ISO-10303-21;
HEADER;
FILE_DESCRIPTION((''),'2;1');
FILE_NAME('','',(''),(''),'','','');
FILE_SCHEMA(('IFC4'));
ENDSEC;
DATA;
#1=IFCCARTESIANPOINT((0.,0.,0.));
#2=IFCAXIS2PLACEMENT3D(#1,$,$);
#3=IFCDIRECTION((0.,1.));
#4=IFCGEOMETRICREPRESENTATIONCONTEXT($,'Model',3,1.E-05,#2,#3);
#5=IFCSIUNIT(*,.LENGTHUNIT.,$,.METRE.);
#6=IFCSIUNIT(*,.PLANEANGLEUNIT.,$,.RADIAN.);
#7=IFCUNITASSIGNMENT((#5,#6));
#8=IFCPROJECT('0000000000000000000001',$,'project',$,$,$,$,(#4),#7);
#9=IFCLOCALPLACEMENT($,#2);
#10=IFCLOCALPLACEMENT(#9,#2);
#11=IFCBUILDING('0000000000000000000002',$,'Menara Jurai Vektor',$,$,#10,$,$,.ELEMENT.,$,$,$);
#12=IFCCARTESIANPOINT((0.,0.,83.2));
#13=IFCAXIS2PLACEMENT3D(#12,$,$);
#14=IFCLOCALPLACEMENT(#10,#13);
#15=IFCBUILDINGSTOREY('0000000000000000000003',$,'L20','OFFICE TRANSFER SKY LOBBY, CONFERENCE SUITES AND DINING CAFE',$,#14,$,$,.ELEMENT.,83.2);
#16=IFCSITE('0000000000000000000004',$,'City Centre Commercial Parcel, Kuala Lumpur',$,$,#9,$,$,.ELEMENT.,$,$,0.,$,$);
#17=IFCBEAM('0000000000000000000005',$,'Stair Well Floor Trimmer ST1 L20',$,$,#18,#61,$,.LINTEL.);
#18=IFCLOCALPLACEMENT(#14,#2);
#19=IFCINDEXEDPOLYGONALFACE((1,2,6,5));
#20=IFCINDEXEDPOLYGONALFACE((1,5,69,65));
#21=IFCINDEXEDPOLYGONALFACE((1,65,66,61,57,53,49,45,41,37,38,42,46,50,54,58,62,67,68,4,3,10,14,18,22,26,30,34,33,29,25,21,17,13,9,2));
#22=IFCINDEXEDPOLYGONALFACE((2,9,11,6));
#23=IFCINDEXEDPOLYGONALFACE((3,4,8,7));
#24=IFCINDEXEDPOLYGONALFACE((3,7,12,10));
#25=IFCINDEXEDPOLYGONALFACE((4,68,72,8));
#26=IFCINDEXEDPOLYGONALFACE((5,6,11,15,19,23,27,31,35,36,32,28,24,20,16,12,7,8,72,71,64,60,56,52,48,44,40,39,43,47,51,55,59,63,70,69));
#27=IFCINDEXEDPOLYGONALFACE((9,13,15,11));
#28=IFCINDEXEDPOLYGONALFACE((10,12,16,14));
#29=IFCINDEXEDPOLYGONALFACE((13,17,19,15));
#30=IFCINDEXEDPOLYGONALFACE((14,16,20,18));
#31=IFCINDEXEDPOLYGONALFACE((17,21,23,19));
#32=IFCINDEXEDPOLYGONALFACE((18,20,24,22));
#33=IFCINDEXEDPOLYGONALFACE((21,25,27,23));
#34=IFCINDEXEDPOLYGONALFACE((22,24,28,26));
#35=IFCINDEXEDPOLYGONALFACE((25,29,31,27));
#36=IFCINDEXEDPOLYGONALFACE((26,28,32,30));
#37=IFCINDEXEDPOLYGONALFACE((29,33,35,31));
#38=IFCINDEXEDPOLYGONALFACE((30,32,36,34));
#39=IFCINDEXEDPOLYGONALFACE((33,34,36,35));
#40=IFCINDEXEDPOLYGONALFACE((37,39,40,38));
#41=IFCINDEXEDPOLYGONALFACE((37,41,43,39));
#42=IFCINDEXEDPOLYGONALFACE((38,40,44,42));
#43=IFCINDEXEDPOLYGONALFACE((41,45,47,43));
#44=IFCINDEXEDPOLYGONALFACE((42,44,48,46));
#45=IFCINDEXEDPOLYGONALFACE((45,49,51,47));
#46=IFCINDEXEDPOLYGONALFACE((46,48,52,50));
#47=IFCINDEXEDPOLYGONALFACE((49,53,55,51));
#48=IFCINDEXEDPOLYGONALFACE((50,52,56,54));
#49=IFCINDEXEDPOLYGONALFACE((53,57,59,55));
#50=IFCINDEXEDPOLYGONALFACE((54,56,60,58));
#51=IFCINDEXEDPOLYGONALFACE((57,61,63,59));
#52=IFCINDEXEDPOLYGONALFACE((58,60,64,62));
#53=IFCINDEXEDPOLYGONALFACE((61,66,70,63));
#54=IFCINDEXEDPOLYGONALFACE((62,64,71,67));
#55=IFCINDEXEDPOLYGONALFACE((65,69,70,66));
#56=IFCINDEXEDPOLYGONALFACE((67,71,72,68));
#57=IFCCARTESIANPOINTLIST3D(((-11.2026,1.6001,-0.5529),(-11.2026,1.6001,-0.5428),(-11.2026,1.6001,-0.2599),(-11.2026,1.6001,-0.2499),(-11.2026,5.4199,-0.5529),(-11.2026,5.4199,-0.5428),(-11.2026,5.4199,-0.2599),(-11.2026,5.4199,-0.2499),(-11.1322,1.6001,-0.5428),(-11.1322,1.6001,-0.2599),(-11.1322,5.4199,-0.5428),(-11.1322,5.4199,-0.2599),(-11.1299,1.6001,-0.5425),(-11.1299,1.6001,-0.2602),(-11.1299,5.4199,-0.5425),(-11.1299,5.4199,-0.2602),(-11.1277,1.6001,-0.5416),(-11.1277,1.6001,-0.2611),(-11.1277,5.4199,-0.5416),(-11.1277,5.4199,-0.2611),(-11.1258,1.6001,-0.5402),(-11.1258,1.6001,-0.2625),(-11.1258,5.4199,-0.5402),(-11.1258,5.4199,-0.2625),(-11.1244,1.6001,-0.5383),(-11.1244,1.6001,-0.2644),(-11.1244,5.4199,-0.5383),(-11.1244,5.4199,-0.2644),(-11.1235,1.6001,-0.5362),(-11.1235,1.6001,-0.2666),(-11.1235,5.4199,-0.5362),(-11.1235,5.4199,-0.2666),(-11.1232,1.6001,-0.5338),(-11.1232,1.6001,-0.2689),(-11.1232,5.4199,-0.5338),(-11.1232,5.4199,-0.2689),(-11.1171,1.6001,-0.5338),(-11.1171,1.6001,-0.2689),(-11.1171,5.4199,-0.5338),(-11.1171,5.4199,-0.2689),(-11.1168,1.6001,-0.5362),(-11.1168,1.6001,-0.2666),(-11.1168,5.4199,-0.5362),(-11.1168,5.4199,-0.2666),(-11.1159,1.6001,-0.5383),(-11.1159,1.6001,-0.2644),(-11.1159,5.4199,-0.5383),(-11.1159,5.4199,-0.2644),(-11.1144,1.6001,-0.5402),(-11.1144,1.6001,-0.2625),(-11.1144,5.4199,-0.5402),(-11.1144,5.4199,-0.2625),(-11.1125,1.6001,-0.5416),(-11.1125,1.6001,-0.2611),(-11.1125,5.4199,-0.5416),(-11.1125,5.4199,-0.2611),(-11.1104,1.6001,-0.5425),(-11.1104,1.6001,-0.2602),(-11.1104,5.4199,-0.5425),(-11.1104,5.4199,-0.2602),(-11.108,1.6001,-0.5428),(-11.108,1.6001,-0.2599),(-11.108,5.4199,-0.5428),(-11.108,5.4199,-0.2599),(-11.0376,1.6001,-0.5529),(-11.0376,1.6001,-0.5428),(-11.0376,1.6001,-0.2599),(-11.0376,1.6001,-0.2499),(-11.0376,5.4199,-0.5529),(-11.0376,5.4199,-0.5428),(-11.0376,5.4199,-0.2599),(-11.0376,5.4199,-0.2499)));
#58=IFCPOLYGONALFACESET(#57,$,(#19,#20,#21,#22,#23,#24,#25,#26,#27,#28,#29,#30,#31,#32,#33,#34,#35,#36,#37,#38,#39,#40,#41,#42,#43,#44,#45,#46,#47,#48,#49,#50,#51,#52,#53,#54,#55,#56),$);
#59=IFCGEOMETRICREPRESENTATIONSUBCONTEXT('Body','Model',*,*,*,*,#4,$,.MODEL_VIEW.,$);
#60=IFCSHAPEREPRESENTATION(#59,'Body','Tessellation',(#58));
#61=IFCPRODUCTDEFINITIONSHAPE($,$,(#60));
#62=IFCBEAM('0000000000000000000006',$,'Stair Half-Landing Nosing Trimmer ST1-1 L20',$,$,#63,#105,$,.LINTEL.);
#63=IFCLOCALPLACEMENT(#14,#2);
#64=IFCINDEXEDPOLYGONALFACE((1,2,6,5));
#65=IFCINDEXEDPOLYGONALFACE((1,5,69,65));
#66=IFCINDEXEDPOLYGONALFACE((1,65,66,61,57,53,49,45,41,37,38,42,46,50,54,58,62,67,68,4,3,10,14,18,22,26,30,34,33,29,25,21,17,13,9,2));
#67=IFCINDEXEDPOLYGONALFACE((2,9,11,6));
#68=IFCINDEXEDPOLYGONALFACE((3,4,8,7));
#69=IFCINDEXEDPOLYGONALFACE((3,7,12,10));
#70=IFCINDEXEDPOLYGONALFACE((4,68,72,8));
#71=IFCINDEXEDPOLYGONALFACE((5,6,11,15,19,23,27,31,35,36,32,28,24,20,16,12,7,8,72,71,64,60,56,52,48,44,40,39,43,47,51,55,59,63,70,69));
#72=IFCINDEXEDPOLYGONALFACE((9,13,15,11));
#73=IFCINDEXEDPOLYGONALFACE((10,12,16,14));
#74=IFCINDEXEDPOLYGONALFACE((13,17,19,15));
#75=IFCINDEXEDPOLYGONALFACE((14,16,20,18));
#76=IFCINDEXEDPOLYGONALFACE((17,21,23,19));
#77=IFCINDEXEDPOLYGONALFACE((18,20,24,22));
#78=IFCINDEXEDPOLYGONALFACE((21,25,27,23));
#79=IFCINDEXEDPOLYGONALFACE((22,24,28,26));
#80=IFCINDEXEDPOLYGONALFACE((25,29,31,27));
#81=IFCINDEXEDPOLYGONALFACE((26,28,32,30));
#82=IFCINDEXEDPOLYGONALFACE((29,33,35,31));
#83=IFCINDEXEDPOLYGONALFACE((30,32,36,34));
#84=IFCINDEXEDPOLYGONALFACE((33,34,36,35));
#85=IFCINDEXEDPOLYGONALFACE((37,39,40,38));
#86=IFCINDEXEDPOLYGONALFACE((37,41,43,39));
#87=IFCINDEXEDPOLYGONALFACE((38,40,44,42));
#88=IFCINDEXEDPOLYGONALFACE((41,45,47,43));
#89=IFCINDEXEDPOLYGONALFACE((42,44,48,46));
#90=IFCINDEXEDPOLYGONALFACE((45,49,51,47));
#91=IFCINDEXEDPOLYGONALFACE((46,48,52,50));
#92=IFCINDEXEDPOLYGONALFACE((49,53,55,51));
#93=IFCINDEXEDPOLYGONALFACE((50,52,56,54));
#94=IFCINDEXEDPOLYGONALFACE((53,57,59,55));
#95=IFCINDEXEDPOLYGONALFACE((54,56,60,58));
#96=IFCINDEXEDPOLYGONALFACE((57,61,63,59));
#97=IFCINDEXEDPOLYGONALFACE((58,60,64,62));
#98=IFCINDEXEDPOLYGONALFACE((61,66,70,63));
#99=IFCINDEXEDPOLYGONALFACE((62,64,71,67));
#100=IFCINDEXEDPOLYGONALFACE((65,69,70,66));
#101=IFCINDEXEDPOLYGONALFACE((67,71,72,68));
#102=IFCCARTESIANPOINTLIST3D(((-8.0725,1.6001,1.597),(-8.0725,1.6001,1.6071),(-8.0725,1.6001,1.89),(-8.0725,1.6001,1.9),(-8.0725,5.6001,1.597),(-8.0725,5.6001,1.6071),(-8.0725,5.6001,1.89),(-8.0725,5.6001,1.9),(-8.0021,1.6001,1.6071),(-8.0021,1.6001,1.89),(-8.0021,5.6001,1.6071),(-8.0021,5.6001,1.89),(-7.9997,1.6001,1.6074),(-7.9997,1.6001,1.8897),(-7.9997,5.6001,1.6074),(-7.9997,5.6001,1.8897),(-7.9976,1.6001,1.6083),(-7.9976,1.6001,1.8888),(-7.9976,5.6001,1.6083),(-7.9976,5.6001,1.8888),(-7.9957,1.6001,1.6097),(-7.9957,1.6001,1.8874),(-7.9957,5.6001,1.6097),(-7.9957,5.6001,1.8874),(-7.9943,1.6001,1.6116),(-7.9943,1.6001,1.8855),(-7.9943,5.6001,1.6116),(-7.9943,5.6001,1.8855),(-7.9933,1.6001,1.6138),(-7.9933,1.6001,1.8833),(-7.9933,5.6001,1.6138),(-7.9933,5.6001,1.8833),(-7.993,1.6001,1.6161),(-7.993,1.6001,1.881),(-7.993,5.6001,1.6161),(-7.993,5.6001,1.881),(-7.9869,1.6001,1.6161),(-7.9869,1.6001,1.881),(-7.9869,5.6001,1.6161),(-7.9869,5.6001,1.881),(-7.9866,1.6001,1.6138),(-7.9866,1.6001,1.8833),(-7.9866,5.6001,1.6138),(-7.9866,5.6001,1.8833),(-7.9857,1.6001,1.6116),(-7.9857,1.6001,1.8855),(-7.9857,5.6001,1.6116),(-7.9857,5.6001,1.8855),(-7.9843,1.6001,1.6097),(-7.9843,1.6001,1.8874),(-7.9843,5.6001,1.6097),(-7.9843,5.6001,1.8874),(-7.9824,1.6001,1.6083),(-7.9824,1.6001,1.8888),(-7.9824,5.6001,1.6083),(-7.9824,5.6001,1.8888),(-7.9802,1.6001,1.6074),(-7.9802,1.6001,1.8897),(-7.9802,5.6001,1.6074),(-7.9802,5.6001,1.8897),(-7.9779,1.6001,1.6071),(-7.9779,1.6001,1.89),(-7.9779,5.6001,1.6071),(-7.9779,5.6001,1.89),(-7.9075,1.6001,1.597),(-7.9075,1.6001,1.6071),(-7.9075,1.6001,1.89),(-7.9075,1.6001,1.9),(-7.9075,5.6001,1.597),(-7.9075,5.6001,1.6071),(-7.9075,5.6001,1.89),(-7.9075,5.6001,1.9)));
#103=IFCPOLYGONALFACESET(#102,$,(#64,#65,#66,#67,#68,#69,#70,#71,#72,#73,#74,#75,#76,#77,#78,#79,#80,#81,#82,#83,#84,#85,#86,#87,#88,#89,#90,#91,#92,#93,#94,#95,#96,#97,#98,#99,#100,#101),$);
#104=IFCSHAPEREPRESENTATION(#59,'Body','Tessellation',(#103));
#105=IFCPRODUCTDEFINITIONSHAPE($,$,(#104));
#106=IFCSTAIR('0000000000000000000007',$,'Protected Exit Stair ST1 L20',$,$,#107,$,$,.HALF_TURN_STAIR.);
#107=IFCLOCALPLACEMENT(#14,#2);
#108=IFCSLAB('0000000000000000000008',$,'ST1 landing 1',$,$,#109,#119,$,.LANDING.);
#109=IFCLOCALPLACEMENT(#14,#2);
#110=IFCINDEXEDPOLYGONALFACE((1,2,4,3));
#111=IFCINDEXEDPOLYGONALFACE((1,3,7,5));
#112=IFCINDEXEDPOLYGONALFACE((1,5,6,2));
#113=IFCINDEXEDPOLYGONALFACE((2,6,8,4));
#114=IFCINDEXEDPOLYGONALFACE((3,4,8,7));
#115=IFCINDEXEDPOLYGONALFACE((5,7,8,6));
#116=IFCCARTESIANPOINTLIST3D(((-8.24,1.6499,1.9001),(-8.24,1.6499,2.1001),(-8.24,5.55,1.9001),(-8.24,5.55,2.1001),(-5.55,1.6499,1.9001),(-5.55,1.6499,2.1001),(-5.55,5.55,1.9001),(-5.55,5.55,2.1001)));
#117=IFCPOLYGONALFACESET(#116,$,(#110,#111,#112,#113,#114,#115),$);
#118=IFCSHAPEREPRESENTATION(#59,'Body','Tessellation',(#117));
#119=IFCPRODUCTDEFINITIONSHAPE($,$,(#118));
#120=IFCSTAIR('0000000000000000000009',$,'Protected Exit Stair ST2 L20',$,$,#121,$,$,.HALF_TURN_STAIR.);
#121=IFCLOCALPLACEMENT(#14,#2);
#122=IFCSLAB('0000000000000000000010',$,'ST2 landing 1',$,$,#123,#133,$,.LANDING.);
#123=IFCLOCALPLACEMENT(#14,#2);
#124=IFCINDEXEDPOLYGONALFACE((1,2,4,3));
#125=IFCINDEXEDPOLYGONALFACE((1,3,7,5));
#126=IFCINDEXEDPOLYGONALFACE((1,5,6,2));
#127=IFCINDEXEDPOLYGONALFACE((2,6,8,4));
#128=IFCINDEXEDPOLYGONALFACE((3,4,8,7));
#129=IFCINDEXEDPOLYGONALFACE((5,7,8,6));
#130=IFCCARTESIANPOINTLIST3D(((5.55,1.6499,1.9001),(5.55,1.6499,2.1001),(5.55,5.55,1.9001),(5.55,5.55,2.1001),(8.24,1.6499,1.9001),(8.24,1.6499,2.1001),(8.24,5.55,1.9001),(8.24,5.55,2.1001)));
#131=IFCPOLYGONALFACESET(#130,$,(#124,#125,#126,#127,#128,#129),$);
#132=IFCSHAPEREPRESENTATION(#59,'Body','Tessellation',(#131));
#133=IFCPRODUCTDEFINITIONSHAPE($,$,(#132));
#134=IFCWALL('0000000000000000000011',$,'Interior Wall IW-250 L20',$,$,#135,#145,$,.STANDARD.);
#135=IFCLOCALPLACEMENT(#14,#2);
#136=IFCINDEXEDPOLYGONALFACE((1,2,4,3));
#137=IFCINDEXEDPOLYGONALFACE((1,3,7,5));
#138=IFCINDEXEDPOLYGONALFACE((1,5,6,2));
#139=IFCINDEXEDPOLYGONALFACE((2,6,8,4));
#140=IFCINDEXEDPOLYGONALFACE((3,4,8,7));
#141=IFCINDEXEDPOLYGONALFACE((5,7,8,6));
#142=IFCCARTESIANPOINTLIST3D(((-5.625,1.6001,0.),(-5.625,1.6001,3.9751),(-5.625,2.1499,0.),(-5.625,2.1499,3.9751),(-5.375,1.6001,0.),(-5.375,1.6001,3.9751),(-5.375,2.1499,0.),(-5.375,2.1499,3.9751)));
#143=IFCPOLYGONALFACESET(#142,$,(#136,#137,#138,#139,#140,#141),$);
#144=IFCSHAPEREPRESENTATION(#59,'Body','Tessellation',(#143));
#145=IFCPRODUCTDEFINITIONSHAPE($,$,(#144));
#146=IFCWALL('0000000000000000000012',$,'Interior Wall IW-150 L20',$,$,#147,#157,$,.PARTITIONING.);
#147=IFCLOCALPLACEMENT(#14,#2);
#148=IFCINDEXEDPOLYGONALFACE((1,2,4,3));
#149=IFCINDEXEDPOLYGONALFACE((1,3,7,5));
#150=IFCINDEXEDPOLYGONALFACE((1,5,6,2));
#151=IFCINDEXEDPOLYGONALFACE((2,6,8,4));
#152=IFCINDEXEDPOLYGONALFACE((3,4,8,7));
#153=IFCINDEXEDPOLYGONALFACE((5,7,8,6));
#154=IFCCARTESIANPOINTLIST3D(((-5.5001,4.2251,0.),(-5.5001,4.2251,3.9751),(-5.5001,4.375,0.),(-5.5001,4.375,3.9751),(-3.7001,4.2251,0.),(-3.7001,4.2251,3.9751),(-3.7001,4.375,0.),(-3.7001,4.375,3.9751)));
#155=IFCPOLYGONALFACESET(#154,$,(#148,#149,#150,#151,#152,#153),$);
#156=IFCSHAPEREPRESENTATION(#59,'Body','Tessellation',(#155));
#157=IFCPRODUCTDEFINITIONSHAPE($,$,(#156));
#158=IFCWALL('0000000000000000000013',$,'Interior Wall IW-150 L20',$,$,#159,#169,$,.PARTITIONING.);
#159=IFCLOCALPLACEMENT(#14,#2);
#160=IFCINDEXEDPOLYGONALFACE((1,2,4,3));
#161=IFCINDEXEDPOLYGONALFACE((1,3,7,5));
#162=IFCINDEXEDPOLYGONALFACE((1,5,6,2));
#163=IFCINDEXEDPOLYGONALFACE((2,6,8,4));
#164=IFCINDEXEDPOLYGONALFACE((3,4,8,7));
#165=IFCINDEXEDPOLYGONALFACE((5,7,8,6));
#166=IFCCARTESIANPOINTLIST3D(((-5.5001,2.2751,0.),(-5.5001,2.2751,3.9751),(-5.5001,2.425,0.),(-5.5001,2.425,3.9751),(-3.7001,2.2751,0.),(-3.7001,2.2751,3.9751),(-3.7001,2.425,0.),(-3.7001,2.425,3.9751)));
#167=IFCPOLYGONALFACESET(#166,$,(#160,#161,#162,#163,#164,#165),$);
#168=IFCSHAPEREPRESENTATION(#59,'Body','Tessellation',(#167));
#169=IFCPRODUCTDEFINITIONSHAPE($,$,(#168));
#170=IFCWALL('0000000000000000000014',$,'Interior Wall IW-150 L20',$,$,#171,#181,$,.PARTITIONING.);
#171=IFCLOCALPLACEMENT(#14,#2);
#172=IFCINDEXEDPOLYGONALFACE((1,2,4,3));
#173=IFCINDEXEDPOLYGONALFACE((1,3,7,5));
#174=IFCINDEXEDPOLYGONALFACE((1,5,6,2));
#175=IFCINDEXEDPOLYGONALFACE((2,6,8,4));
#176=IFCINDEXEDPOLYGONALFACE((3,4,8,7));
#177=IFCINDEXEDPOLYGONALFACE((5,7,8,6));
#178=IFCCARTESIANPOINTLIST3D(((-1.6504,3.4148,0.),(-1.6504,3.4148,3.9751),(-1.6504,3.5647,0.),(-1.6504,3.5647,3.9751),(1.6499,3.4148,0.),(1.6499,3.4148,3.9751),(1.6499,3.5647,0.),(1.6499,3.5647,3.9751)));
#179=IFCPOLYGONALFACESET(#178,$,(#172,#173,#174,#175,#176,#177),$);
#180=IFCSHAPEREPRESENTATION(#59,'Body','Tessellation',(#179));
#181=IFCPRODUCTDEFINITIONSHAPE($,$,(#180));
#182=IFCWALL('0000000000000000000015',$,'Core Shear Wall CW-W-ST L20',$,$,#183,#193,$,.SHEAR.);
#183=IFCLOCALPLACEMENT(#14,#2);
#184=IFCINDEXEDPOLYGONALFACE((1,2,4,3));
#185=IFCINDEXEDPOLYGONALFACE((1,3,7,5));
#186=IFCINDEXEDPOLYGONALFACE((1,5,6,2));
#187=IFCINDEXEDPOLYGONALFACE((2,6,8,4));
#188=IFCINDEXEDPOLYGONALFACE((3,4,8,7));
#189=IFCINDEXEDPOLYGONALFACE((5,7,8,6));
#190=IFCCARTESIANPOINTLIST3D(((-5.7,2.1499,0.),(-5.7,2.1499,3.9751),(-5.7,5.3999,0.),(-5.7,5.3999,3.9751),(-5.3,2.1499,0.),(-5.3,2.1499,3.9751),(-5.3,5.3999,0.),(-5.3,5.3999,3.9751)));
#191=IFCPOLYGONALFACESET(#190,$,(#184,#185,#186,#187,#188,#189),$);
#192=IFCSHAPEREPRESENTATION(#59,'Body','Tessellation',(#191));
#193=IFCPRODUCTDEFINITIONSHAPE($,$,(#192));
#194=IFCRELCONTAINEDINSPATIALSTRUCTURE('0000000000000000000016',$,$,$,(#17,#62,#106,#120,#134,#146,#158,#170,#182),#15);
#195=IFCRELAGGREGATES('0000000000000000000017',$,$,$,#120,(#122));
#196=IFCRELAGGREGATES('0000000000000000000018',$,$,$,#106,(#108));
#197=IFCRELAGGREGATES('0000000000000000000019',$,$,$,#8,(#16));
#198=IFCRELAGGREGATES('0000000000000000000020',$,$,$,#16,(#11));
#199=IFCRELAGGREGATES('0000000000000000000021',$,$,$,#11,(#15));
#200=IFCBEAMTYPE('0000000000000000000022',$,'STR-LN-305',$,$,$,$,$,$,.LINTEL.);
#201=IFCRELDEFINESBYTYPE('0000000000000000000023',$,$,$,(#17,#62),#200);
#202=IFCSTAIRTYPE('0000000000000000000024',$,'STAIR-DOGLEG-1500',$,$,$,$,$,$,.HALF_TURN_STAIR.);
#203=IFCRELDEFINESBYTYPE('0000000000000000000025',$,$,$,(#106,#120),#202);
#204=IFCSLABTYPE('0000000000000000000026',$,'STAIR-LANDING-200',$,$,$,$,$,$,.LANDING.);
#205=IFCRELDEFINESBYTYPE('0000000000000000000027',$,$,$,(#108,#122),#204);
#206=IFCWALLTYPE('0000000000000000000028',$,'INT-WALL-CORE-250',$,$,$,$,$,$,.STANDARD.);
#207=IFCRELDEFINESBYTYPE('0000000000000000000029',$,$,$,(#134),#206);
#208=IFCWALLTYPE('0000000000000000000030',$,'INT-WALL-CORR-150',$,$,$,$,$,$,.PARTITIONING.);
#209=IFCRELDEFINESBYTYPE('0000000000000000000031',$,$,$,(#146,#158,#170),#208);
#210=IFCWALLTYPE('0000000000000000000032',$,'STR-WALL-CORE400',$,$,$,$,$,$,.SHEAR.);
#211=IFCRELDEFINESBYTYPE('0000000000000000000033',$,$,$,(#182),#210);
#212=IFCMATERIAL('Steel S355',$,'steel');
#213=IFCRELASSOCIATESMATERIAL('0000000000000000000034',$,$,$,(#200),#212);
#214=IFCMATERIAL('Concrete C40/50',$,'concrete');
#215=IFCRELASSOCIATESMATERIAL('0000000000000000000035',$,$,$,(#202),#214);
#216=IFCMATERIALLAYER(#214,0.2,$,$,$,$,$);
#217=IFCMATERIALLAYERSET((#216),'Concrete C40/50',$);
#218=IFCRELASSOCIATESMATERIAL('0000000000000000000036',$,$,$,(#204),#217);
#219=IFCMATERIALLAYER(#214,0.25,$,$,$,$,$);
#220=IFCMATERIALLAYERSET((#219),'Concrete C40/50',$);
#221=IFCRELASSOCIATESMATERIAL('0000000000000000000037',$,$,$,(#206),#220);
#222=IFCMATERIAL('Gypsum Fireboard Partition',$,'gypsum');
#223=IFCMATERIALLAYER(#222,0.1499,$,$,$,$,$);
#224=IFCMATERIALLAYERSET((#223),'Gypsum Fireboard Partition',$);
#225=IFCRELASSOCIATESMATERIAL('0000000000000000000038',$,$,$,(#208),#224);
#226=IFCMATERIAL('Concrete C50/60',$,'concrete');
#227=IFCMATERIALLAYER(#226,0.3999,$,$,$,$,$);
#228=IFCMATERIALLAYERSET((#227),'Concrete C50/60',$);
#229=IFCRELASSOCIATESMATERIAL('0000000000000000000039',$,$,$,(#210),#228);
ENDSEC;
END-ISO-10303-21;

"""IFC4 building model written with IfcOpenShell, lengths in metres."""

from ifc_helpers import new_model, si_unit, direction, frame, frame_2d, origin, origin_2d, place, context, subcontext, project, spatial, polyline, rectangle, i_section, outline, extrude, material, layer, layer_set, material_profile, profile_set, type_object, element, aggregate, save


model = new_model("IFC4")

# Units and contexts
model_context = context("Model", 3, precision=1e-05, world=origin(), true_north=direction((0.0, 1.0)))
body_context = subcontext(model_context, "Body", "Model", "MODEL_VIEW")
ifc_project = project(units=[si_unit("LENGTHUNIT", "METRE"), si_unit("PLANEANGLEUNIT", "RADIAN")], contexts=[model_context])

# Site, building, storey
site_placement = place(None, origin())
site = spatial("IfcSite", under=ifc_project, at=site_placement, Name="City Centre Commercial Parcel, Kuala Lumpur", CompositionType="ELEMENT", RefElevation=0.0)
building_placement = place(site_placement, origin())
building = spatial("IfcBuilding", under=site, at=building_placement, Name="Menara Jurai Vektor", CompositionType="ELEMENT")
storey_placement = place(building_placement, frame((0.0, 0.0, 83.2)))
storey = spatial("IfcBuildingStorey", under=building, at=storey_placement, Name="L20", Description="OFFICE TRANSFER SKY LOBBY, CONFERENCE SUITES AND DINING CAFE", CompositionType="ELEMENT", Elevation=83.2)

# Shared definitions
ifc_material_1 = material(Name="Concrete C50/60", Category="concrete")

# Beams
ifc_material_2 = material(Name="Steel S355", Category="steel")
ifc_material_profile_1 = material_profile(ifc_material_2, i_section(OverallWidth=0.165, OverallDepth=0.303, WebThickness=0.0061, FlangeThickness=0.01, FilletRadius=0.009, at=origin_2d()), Name="UKB 305x165x40")
ifc_profile_set_1 = profile_set([ifc_material_profile_1], Name="Steel S355")
beam_type_1 = type_object("IfcBeamType", Name="STR-LN-305", PredefinedType="LINTEL", material=ifc_profile_set_1)
beam_1_placement = place(storey_placement, frame((-11.1201, 1.6001, -0.4014), z_axis=(0.0, 1.0, 0.0), x_axis=(-1.0, 0.0, 0.0)))
element("IfcBeam", 1, at=beam_1_placement, inside=storey, type_object=beam_type_1, Name="Stair Well Floor Trimmer ST1 L20", PredefinedType="LINTEL", context=body_context, shape_type="SweptSolid", body=[
    extrude(i_section(OverallWidth=0.165, OverallDepth=0.303, WebThickness=0.0061, FlangeThickness=0.01, FilletRadius=0.009, at=origin_2d()), origin(), (0.0, 0.0, 1.0), 3.8198),
])
beam_2_placement = place(storey_placement, frame((-7.99, 1.6001, 1.7485), z_axis=(0.0, 1.0, 0.0), x_axis=(-1.0, 0.0, 0.0)))
element("IfcBeam", 2, at=beam_2_placement, inside=storey, type_object=beam_type_1, Name="Stair Half-Landing Nosing Trimmer ST1-1 L20", PredefinedType="LINTEL", context=body_context, shape_type="SweptSolid", body=[
    extrude(i_section(OverallWidth=0.165, OverallDepth=0.303, WebThickness=0.0061, FlangeThickness=0.01, FilletRadius=0.009, at=origin_2d()), origin(), (0.0, 0.0, 1.0), 4.0),
])

# Stairs, slabs
ifc_material_3 = material(Name="Concrete C40/50", Category="concrete")
stair_type = type_object("IfcStairType", Name="STAIR-DOGLEG-1500", PredefinedType="HALF_TURN_STAIR", material=ifc_material_3)
stair_1_placement = place(storey_placement, origin())
stair_1 = element("IfcStair", 3, at=stair_1_placement, inside=storey, type_object=stair_type, Name="Protected Exit Stair ST1 L20", PredefinedType="HALF_TURN_STAIR")
ifc_layer_1 = layer(ifc_material_3, 0.2)
ifc_layer_set_1 = layer_set([ifc_layer_1], Name="Concrete C40/50")
slab_type = type_object("IfcSlabType", Name="STAIR-LANDING-200", PredefinedType="LANDING", material=ifc_layer_set_1)
slab_1_placement = place(storey_placement, frame((0.0, 0.0, 1.9001)))
slab_1 = element("IfcSlab", 4, at=slab_1_placement, type_object=slab_type, Name="ST1 landing 1", PredefinedType="LANDING", context=body_context, shape_type="SweptSolid", body=[
    extrude(outline(polyline([(-8.24, 1.6499), (-5.55, 1.6499), (-5.55, 5.55), (-8.24, 5.55), (-8.24, 1.6499)])), origin(), (0.0, 0.0, 1.0), 0.2),
])
stair_2_placement = place(storey_placement, origin())
stair_2 = element("IfcStair", 5, at=stair_2_placement, inside=storey, type_object=stair_type, Name="Protected Exit Stair ST2 L20", PredefinedType="HALF_TURN_STAIR")
slab_2_placement = place(storey_placement, frame((0.0, 0.0, 1.9001)))
slab_2 = element("IfcSlab", 6, at=slab_2_placement, type_object=slab_type, Name="ST2 landing 1", PredefinedType="LANDING", context=body_context, shape_type="SweptSolid", body=[
    extrude(outline(polyline([(5.55, 1.6499), (8.24, 1.6499), (8.24, 5.55), (5.55, 5.55), (5.55, 1.6499)])), origin(), (0.0, 0.0, 1.0), 0.2),
])
aggregate(stair_2, [slab_2])

# Shared definitions
ifc_layer_2 = layer(ifc_material_3, 0.25)
ifc_layer_set_2 = layer_set([ifc_layer_2], Name="Concrete C40/50")
wall_type_1 = type_object("IfcWallType", Name="INT-WALL-CORE-250", PredefinedType="STANDARD", material=ifc_layer_set_2)

# Walls
wall_1_placement = place(storey_placement, frame((-5.5, 1.6001, 0.0), z_axis=(0.0, 0.0, 1.0), x_axis=(0.0, 1.0, 0.0)))
element("IfcWall", 7, at=wall_1_placement, inside=storey, type_object=wall_type_1, Name="Interior Wall IW-250 L20", PredefinedType="STANDARD", context=body_context, shape_type="SweptSolid", body=[
    extrude(rectangle(XDim=0.5498, YDim=0.25, at=frame_2d((0.2749, 0.0))), origin(), (0.0, 0.0, 1.0), 3.9751),
])
ifc_material_4 = material(Name="Gypsum Fireboard Partition", Category="gypsum")
ifc_layer_3 = layer(ifc_material_4, 0.1499)
ifc_layer_set_3 = layer_set([ifc_layer_3], Name="Gypsum Fireboard Partition")
wall_type_2 = type_object("IfcWallType", Name="INT-WALL-CORR-150", PredefinedType="PARTITIONING", material=ifc_layer_set_3)
for number, where, z_axis, x_axis, name in (
    (8, (-5.5, 4.3, 0.0), (0.0, 0.0, 1.0), (1.0, 0.0, 0.0), "Interior Wall IW-150 L20"),
    (9, (-5.5, 2.3501, 0.0), (0.0, 0.0, 1.0), (1.0, 0.0, 0.0), "Interior Wall IW-150 L20"),
):
    element("IfcWall", number, at=place(storey_placement, frame(where, z_axis=z_axis, x_axis=x_axis)), inside=storey, type_object=wall_type_2, Name=name, PredefinedType="PARTITIONING", context=body_context, shape_type="SweptSolid", body=[
        extrude(rectangle(XDim=1.8, YDim=0.1499, at=frame_2d((0.8999, 0.0))), origin(), (0.0, 0.0, 1.0), 3.9751),
    ])
wall_2_placement = place(storey_placement, frame((-1.6504, 3.4897, 0.0), z_axis=(0.0, 0.0, 1.0), x_axis=(1.0, 0.0, 0.0)))
element("IfcWall", 10, at=wall_2_placement, inside=storey, type_object=wall_type_2, Name="Interior Wall IW-150 L20", PredefinedType="PARTITIONING", context=body_context, shape_type="SweptSolid", body=[
    extrude(rectangle(XDim=3.3003, YDim=0.1499, at=frame_2d((1.6501, 0.0))), origin(), (0.0, 0.0, 1.0), 3.9751),
])
ifc_layer_4 = layer(ifc_material_1, 0.3999)
ifc_layer_set_4 = layer_set([ifc_layer_4], Name="Concrete C50/60")
wall_type_3 = type_object("IfcWallType", Name="STR-WALL-CORE400", PredefinedType="SHEAR", material=ifc_layer_set_4)
wall_3_placement = place(storey_placement, frame((-5.5, 2.1499, 0.0), z_axis=(0.0, 0.0, 1.0), x_axis=(0.0, 1.0, 0.0)))
element("IfcWall", 11, at=wall_3_placement, inside=storey, type_object=wall_type_3, Name="Core Shear Wall CW-W-ST L20", PredefinedType="SHEAR", context=body_context, shape_type="SweptSolid", body=[
    extrude(rectangle(XDim=3.25, YDim=0.3999, at=frame_2d((1.625, 0.0))), origin(), (0.0, 0.0, 1.0), 3.9751),
])

aggregate(stair_1, [slab_1])

save(model, "model.ifc")
